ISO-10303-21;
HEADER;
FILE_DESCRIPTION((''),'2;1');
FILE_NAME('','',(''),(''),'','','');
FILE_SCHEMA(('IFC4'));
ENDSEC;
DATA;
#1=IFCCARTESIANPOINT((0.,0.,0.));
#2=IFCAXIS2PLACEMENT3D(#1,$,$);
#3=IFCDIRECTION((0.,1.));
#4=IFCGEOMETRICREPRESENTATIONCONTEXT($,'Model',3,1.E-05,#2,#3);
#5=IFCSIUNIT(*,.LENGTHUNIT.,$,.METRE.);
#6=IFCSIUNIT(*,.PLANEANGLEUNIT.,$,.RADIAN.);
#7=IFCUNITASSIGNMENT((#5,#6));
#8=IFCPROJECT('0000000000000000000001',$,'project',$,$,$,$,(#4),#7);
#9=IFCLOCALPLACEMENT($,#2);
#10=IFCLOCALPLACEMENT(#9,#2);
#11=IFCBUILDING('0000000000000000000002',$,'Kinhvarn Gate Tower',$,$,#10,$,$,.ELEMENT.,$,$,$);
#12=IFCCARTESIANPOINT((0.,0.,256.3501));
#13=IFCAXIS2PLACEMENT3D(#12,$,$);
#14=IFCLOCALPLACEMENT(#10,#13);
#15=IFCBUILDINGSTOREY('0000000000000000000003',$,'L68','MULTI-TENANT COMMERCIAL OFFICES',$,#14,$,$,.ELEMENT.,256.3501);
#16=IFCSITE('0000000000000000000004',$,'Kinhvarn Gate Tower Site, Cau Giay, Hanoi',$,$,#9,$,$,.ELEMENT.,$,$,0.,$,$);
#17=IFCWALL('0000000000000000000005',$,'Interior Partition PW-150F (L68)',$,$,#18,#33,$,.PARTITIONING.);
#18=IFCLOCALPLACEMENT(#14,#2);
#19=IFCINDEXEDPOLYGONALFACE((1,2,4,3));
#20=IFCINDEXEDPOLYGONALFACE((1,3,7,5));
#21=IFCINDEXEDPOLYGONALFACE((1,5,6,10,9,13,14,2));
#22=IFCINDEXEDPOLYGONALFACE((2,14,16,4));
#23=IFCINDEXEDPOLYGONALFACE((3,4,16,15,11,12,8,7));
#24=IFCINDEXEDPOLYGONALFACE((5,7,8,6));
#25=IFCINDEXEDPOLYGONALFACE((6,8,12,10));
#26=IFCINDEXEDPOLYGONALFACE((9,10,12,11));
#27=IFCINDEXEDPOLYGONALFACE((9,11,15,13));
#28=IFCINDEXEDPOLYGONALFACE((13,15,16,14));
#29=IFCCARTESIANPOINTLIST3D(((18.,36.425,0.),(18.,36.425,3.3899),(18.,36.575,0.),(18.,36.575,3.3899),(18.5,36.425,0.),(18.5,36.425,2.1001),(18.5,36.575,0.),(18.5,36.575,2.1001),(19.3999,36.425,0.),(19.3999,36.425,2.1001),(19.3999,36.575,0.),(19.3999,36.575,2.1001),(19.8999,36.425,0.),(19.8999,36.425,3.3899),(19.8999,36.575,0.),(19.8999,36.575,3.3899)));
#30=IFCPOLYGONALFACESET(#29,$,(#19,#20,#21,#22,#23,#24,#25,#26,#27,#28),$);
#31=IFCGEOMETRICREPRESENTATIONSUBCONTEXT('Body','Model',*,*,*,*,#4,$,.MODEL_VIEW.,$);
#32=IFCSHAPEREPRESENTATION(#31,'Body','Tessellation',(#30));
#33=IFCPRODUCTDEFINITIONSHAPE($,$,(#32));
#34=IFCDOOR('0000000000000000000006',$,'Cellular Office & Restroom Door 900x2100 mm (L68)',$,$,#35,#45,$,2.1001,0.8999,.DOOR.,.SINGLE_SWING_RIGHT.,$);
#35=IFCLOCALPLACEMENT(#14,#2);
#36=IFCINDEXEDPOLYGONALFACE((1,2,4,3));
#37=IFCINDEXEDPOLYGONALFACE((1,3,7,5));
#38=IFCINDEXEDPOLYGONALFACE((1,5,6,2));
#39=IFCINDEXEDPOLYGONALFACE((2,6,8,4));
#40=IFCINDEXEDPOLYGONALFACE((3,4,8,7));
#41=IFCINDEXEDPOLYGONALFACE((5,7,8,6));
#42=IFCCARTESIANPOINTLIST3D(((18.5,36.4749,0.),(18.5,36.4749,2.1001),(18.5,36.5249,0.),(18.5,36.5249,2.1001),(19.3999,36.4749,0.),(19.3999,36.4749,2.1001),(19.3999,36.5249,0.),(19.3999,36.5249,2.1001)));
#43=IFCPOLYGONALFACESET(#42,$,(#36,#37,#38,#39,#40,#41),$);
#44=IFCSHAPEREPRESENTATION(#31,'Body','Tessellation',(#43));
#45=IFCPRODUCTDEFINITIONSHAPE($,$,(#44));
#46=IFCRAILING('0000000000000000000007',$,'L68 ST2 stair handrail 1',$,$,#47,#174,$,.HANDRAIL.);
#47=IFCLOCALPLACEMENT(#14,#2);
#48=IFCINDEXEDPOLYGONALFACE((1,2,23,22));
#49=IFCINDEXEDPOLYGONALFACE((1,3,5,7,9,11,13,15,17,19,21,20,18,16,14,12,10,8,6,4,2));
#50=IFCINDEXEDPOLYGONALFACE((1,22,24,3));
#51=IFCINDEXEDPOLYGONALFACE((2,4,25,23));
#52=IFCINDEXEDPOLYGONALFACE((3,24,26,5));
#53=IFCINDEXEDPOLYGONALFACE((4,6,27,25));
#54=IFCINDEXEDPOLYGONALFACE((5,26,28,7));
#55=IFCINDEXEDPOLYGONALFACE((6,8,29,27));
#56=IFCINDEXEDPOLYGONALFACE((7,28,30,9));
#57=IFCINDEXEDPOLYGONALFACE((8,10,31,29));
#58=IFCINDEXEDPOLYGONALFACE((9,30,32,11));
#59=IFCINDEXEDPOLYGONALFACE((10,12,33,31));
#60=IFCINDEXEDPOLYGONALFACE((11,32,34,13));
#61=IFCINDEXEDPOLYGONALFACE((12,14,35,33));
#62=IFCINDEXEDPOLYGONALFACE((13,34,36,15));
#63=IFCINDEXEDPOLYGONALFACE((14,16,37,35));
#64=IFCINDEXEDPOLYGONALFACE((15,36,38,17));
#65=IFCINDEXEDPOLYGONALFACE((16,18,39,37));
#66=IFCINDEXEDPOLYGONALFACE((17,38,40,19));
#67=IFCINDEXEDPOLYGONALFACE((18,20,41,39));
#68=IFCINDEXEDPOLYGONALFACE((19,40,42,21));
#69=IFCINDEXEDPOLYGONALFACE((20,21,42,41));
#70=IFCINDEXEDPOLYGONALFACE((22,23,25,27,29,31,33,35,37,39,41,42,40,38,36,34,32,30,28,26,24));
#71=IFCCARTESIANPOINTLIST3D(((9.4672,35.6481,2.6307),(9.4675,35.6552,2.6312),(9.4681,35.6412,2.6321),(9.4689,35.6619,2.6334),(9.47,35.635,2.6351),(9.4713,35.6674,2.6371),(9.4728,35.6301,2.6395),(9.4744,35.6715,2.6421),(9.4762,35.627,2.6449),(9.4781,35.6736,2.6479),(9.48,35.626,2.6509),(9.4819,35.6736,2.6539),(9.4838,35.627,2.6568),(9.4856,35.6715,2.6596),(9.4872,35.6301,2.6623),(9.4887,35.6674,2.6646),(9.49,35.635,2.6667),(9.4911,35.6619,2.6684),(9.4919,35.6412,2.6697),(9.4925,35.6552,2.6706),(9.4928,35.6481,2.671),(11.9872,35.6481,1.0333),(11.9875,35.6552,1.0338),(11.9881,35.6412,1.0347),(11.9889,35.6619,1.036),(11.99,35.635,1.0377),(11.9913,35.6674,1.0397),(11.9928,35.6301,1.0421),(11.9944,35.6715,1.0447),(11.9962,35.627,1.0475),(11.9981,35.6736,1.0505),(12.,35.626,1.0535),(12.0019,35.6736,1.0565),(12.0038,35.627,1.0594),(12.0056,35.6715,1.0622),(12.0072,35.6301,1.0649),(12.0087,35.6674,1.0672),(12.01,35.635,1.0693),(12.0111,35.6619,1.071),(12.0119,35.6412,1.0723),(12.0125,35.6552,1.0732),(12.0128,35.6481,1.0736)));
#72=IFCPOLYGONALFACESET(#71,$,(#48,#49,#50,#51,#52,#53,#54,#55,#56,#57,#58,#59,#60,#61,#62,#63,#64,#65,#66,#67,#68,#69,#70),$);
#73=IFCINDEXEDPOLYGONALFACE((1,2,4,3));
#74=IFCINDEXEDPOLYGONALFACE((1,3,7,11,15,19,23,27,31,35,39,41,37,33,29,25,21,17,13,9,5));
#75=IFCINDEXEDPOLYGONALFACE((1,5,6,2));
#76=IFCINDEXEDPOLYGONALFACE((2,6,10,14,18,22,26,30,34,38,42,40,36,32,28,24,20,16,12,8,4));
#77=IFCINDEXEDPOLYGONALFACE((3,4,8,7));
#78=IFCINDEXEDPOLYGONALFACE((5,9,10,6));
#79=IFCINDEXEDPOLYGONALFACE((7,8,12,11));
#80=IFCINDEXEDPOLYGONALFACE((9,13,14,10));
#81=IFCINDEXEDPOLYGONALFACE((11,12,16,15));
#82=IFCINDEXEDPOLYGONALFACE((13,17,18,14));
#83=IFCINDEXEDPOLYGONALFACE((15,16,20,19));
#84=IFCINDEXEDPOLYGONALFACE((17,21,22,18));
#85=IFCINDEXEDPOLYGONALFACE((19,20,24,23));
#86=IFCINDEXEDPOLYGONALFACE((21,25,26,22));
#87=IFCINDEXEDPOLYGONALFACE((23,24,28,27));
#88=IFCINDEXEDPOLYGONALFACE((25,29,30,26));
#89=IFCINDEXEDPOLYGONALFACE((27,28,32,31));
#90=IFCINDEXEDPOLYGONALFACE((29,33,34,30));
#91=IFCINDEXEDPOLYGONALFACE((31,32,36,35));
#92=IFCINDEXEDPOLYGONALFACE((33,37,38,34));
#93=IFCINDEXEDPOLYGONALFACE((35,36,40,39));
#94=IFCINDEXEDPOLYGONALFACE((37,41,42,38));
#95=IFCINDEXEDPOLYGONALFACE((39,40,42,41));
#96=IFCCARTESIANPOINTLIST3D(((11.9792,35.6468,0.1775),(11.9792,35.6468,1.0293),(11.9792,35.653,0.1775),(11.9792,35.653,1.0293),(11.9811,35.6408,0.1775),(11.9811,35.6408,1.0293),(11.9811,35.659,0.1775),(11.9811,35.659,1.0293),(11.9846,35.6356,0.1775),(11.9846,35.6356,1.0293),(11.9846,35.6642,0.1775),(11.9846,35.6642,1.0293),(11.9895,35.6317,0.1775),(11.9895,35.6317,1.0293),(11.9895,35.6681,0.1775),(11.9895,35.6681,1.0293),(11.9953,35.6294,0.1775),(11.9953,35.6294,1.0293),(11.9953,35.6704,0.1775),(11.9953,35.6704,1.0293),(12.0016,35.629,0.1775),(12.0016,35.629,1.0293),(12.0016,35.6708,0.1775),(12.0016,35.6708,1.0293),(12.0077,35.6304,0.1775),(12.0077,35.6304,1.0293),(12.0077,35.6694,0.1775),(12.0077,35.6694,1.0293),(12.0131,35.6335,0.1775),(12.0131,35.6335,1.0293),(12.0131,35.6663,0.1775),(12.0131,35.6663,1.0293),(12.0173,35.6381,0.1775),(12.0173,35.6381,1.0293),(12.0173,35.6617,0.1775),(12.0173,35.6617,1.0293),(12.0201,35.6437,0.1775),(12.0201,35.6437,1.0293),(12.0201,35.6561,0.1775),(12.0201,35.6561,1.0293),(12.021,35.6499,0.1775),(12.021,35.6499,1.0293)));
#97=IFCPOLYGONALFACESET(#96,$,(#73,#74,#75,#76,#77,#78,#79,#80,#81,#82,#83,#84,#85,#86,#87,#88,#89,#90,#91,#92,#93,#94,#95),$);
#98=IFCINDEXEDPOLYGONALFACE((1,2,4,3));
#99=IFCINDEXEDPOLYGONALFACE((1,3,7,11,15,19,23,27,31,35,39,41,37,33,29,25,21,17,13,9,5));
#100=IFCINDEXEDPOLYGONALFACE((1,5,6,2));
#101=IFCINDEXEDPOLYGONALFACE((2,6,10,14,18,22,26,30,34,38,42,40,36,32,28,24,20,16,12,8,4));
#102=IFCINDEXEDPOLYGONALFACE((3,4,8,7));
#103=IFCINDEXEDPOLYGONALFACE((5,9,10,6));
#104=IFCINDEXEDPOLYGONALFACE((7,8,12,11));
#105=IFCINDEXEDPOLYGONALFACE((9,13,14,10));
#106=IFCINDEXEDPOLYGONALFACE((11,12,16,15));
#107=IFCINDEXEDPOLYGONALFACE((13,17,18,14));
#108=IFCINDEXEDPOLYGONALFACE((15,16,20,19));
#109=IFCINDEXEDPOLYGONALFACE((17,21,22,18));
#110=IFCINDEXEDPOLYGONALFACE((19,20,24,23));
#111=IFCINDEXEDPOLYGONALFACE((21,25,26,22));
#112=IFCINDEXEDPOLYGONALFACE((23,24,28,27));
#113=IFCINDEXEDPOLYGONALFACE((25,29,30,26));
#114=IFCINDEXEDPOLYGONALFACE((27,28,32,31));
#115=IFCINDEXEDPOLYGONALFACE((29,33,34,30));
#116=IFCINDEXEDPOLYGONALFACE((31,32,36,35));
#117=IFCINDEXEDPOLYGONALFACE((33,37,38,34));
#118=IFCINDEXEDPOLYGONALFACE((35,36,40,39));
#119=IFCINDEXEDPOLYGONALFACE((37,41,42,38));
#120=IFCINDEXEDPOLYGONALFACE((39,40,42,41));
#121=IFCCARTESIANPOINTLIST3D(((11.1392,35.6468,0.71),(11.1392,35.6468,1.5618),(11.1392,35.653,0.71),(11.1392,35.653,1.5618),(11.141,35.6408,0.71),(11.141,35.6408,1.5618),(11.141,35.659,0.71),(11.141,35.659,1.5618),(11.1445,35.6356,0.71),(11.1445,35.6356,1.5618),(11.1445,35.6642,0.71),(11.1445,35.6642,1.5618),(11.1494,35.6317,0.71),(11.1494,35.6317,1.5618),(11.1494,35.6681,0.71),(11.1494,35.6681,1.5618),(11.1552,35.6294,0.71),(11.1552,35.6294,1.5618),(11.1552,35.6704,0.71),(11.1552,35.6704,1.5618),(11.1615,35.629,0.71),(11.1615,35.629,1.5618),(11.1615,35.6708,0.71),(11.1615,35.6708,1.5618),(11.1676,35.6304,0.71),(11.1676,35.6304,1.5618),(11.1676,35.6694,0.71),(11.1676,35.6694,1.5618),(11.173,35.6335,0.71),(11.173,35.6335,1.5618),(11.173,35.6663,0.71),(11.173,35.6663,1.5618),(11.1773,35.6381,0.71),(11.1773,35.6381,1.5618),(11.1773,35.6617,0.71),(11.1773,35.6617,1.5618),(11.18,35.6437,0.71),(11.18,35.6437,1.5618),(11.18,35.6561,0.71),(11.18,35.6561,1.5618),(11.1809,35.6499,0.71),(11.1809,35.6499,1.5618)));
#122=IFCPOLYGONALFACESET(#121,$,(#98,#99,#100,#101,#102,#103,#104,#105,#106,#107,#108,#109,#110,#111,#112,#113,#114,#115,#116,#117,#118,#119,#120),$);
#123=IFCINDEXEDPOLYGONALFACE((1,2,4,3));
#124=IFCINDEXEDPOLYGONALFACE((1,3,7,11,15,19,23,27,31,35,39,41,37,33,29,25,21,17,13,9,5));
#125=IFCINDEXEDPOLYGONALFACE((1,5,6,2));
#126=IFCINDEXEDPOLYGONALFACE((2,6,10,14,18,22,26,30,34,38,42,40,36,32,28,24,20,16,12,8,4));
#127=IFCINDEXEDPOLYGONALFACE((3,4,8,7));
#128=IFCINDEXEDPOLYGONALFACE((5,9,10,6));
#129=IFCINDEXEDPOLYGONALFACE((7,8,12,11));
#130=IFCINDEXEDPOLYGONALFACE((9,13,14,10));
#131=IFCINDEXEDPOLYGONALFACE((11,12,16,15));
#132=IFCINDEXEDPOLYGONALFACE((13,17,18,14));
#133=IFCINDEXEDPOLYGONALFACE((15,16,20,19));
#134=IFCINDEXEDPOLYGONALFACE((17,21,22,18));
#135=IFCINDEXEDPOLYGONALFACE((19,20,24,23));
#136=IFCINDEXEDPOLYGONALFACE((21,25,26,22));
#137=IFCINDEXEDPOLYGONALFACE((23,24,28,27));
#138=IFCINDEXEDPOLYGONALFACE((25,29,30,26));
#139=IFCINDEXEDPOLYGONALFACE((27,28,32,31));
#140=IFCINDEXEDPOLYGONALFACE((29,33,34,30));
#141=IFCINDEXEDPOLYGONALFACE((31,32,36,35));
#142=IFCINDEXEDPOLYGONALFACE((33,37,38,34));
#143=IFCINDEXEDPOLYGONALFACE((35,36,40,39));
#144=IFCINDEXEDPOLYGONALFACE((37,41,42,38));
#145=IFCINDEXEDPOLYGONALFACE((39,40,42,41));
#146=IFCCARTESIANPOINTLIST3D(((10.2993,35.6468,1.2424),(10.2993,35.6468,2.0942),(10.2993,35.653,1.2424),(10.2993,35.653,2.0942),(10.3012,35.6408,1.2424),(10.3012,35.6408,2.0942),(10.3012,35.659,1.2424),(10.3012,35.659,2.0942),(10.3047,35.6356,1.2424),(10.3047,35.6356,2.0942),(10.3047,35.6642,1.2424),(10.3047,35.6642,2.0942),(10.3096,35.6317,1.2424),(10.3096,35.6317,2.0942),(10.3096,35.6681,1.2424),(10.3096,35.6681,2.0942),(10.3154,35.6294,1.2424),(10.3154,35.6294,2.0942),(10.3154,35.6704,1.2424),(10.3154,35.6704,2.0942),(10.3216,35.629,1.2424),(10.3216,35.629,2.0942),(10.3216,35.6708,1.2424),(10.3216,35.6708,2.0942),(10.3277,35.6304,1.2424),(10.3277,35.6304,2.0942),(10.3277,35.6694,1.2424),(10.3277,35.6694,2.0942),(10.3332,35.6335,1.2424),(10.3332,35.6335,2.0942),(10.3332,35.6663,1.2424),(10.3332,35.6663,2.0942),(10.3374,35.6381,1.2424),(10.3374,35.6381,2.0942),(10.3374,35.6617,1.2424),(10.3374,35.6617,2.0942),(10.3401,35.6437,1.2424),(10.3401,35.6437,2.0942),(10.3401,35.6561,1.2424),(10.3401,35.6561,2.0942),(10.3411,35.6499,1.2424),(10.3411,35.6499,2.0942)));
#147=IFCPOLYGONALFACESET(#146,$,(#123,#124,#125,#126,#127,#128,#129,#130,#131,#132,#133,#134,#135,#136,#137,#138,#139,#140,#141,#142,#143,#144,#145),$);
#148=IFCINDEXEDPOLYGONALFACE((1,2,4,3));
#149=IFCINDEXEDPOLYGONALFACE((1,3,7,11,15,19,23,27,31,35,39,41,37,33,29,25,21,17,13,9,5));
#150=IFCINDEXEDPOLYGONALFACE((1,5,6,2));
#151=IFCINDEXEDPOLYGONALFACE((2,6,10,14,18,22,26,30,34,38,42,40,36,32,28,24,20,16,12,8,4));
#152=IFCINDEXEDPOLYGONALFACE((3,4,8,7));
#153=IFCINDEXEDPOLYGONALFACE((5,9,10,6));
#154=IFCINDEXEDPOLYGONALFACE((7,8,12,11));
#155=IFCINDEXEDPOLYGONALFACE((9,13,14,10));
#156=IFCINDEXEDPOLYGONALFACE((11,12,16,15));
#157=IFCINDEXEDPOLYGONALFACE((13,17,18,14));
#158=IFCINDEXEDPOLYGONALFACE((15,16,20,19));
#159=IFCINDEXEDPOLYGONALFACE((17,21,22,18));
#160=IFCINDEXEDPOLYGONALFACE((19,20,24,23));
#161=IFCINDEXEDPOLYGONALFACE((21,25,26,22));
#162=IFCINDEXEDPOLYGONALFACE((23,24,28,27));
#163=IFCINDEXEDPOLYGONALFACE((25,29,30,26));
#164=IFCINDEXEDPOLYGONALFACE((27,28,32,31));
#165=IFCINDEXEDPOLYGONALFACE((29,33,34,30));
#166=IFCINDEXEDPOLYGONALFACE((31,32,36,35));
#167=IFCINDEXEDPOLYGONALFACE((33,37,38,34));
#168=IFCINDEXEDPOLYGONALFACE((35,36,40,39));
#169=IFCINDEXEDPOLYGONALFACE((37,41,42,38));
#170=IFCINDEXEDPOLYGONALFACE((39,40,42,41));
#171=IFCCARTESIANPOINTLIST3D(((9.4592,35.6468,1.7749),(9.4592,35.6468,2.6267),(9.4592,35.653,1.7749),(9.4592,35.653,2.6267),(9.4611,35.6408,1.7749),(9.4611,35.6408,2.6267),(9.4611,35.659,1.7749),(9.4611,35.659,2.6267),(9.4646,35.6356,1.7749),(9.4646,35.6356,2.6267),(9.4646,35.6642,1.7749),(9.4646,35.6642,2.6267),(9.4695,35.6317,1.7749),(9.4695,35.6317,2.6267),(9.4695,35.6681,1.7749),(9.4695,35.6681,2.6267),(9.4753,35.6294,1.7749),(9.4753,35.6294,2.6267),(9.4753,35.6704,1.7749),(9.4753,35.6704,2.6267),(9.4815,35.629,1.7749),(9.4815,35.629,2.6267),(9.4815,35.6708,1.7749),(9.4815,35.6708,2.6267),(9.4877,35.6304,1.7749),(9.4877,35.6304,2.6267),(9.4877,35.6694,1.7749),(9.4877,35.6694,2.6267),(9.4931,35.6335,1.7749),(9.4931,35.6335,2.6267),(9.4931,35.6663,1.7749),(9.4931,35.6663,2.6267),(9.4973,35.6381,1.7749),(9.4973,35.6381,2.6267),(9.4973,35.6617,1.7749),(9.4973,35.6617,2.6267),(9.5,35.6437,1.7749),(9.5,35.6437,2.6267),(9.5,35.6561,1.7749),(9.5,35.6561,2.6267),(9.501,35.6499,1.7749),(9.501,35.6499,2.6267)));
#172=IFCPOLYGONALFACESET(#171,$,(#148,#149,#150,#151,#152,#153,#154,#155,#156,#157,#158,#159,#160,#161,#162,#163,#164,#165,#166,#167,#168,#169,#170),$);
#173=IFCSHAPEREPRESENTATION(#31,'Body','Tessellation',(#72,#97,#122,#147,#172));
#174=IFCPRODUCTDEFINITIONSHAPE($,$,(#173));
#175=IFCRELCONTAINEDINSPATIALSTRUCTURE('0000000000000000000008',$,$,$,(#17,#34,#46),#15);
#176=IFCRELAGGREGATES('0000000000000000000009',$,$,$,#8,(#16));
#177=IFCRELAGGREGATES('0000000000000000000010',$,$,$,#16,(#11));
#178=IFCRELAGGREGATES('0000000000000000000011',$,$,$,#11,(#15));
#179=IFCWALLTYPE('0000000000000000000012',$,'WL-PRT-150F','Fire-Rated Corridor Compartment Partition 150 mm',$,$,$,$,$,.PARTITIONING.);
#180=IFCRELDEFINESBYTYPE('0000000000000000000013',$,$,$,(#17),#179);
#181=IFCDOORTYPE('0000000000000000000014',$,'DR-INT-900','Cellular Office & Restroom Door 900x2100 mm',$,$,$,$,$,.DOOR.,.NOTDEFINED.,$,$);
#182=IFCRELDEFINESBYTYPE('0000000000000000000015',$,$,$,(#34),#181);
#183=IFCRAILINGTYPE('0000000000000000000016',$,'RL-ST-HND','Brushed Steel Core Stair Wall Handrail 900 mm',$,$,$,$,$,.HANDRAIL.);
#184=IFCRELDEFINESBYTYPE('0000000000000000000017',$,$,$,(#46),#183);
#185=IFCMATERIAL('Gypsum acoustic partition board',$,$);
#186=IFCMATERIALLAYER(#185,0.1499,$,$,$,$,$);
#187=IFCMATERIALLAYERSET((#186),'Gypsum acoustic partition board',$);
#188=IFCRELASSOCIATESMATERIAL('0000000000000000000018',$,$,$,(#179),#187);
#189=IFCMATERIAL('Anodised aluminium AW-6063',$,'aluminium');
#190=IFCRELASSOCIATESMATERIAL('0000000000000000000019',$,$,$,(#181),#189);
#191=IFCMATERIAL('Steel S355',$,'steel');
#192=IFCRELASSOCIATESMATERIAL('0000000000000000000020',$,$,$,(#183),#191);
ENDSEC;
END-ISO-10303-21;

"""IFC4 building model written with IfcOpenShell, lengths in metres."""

from ifc_helpers import new_model, si_unit, direction, frame, frame_2d, origin, origin_2d, place, context, subcontext, project, spatial, rectangle, circle, extrude, material, layer, layer_set, type_object, element, fill, save


model = new_model("IFC4")

# Units and contexts
model_context = context("Model", 3, precision=1e-05, world=origin(), true_north=direction((0.0, 1.0)))
body_context = subcontext(model_context, "Body", "Model", "MODEL_VIEW")
ifc_project = project(units=[si_unit("LENGTHUNIT", "METRE"), si_unit("PLANEANGLEUNIT", "RADIAN")], contexts=[model_context])

# Site, building, storey
site_placement = place(None, origin())
site = spatial("IfcSite", under=ifc_project, at=site_placement, Name="Kinhvarn Gate Tower Site, Cau Giay, Hanoi", CompositionType="ELEMENT", RefElevation=0.0)
building_placement = place(site_placement, origin())
building = spatial("IfcBuilding", under=site, at=building_placement, Name="Kinhvarn Gate Tower", CompositionType="ELEMENT")
storey_placement = place(building_placement, frame((0.0, 0.0, 256.3501)))
storey = spatial("IfcBuildingStorey", under=building, at=storey_placement, Name="L68", Description="MULTI-TENANT COMMERCIAL OFFICES", CompositionType="ELEMENT", Elevation=256.3501)

# Shared definitions
ifc_material_1 = material(Name="Anodised aluminium AW-6063", Category="aluminium")

# Shared definitions
ifc_material_2 = material(Name="Steel S355", Category="steel")

# Shared definitions
ifc_material_3 = material(Name="Gypsum acoustic partition board")

# Wall, opening, door
ifc_layer_1 = layer(ifc_material_3, 0.1499)
ifc_layer_set_1 = layer_set([ifc_layer_1], Name="Gypsum acoustic partition board")
wall_type_1 = type_object("IfcWallType", Name="WL-PRT-150F", Description="Fire-Rated Corridor Compartment Partition 150 mm", PredefinedType="PARTITIONING", material=ifc_layer_set_1)
wall_1_placement = place(storey_placement, frame((18.0, 36.5, 0.0), z_axis=(0.0, 0.0, 1.0), x_axis=(1.0, 0.0, 0.0)))
wall_1 = element("IfcWall", 1, at=wall_1_placement, inside=storey, type_object=wall_type_1, Name="Interior Partition PW-150F (L68)", PredefinedType="PARTITIONING", context=body_context, shape_type="SweptSolid", body=[
    extrude(rectangle(XDim=1.8999, YDim=0.1499, at=frame_2d((0.95, 0.0))), origin(), (0.0, 0.0, 1.0), 3.3899),
])
opening_placement = place(wall_1_placement, frame((0.5, 0.0, 0.0)))
opening = element("IfcOpeningElement", 2, at=opening_placement, cuts=wall_1, PredefinedType="OPENING", context=body_context, shape_type="SweptSolid", body=[
    extrude(rectangle(XDim=0.8999, YDim=2.1001, at=frame_2d((0.45, 1.05))), frame((0.0, 0.085, 0.0), z_axis=(0.0, -1.0, 0.0), x_axis=(1.0, 0.0, 0.0)), (0.0, 0.0, 1.0), 0.1699),
])
door_type = type_object("IfcDoorType", Name="DR-INT-900", Description="Cellular Office & Restroom Door 900x2100 mm", OperationType="NOTDEFINED", PredefinedType="DOOR", material=ifc_material_1)
door_placement = place(opening_placement, origin())
door = element("IfcDoor", 3, at=door_placement, inside=storey, type_object=door_type, Name="Cellular Office & Restroom Door 900x2100 mm (L68)", OperationType="SINGLE_SWING_RIGHT", OverallHeight=2.1001, OverallWidth=0.8999, PredefinedType="DOOR", context=body_context, shape_type="SweptSolid", body=[
    extrude(rectangle(XDim=0.8999, YDim=2.1001, at=frame_2d((0.45, 1.05))), frame((0.0, 0.0249, 0.0), z_axis=(0.0, -1.0, 0.0), x_axis=(1.0, 0.0, 0.0)), (0.0, 0.0, 1.0), 0.05),
])
fill(opening, door)

# Railing
railing_type = type_object("IfcRailingType", Name="RL-ST-HND", Description="Brushed Steel Core Stair Wall Handrail 900 mm", PredefinedType="HANDRAIL", material=ifc_material_2)
railing_placement = place(storey_placement, frame((12.0, 35.6499, 0.1775)))
element("IfcRailing", 4, at=railing_placement, inside=storey, type_object=railing_type, Name="L68 ST2 stair handrail 1", PredefinedType="HANDRAIL", context=body_context, shape_type="SweptSolid", body=[
    extrude(circle(Radius=0.0239, at=origin_2d()), frame((0.0, 0.0, 0.876), z_axis=(-0.844607, 0.0, 0.535387), x_axis=(0.0, -1.0, 0.0)), (0.0, 0.0, 1.0), 2.9836),
    extrude(circle(Radius=0.021, at=origin_2d()), origin(), (0.0, 0.0, 1.0), 0.8518),
    extrude(circle(Radius=0.021, at=origin_2d()), frame((-0.8401, 0.0, 0.5325)), (0.0, 0.0, 1.0), 0.8518),
    extrude(circle(Radius=0.021, at=origin_2d()), frame((-1.6799, 0.0, 1.0649)), (0.0, 0.0, 1.0), 0.8518),
    extrude(circle(Radius=0.021, at=origin_2d()), frame((-2.52, 0.0, 1.5974)), (0.0, 0.0, 1.0), 0.8518),
])

save(model, "model.ifc")
